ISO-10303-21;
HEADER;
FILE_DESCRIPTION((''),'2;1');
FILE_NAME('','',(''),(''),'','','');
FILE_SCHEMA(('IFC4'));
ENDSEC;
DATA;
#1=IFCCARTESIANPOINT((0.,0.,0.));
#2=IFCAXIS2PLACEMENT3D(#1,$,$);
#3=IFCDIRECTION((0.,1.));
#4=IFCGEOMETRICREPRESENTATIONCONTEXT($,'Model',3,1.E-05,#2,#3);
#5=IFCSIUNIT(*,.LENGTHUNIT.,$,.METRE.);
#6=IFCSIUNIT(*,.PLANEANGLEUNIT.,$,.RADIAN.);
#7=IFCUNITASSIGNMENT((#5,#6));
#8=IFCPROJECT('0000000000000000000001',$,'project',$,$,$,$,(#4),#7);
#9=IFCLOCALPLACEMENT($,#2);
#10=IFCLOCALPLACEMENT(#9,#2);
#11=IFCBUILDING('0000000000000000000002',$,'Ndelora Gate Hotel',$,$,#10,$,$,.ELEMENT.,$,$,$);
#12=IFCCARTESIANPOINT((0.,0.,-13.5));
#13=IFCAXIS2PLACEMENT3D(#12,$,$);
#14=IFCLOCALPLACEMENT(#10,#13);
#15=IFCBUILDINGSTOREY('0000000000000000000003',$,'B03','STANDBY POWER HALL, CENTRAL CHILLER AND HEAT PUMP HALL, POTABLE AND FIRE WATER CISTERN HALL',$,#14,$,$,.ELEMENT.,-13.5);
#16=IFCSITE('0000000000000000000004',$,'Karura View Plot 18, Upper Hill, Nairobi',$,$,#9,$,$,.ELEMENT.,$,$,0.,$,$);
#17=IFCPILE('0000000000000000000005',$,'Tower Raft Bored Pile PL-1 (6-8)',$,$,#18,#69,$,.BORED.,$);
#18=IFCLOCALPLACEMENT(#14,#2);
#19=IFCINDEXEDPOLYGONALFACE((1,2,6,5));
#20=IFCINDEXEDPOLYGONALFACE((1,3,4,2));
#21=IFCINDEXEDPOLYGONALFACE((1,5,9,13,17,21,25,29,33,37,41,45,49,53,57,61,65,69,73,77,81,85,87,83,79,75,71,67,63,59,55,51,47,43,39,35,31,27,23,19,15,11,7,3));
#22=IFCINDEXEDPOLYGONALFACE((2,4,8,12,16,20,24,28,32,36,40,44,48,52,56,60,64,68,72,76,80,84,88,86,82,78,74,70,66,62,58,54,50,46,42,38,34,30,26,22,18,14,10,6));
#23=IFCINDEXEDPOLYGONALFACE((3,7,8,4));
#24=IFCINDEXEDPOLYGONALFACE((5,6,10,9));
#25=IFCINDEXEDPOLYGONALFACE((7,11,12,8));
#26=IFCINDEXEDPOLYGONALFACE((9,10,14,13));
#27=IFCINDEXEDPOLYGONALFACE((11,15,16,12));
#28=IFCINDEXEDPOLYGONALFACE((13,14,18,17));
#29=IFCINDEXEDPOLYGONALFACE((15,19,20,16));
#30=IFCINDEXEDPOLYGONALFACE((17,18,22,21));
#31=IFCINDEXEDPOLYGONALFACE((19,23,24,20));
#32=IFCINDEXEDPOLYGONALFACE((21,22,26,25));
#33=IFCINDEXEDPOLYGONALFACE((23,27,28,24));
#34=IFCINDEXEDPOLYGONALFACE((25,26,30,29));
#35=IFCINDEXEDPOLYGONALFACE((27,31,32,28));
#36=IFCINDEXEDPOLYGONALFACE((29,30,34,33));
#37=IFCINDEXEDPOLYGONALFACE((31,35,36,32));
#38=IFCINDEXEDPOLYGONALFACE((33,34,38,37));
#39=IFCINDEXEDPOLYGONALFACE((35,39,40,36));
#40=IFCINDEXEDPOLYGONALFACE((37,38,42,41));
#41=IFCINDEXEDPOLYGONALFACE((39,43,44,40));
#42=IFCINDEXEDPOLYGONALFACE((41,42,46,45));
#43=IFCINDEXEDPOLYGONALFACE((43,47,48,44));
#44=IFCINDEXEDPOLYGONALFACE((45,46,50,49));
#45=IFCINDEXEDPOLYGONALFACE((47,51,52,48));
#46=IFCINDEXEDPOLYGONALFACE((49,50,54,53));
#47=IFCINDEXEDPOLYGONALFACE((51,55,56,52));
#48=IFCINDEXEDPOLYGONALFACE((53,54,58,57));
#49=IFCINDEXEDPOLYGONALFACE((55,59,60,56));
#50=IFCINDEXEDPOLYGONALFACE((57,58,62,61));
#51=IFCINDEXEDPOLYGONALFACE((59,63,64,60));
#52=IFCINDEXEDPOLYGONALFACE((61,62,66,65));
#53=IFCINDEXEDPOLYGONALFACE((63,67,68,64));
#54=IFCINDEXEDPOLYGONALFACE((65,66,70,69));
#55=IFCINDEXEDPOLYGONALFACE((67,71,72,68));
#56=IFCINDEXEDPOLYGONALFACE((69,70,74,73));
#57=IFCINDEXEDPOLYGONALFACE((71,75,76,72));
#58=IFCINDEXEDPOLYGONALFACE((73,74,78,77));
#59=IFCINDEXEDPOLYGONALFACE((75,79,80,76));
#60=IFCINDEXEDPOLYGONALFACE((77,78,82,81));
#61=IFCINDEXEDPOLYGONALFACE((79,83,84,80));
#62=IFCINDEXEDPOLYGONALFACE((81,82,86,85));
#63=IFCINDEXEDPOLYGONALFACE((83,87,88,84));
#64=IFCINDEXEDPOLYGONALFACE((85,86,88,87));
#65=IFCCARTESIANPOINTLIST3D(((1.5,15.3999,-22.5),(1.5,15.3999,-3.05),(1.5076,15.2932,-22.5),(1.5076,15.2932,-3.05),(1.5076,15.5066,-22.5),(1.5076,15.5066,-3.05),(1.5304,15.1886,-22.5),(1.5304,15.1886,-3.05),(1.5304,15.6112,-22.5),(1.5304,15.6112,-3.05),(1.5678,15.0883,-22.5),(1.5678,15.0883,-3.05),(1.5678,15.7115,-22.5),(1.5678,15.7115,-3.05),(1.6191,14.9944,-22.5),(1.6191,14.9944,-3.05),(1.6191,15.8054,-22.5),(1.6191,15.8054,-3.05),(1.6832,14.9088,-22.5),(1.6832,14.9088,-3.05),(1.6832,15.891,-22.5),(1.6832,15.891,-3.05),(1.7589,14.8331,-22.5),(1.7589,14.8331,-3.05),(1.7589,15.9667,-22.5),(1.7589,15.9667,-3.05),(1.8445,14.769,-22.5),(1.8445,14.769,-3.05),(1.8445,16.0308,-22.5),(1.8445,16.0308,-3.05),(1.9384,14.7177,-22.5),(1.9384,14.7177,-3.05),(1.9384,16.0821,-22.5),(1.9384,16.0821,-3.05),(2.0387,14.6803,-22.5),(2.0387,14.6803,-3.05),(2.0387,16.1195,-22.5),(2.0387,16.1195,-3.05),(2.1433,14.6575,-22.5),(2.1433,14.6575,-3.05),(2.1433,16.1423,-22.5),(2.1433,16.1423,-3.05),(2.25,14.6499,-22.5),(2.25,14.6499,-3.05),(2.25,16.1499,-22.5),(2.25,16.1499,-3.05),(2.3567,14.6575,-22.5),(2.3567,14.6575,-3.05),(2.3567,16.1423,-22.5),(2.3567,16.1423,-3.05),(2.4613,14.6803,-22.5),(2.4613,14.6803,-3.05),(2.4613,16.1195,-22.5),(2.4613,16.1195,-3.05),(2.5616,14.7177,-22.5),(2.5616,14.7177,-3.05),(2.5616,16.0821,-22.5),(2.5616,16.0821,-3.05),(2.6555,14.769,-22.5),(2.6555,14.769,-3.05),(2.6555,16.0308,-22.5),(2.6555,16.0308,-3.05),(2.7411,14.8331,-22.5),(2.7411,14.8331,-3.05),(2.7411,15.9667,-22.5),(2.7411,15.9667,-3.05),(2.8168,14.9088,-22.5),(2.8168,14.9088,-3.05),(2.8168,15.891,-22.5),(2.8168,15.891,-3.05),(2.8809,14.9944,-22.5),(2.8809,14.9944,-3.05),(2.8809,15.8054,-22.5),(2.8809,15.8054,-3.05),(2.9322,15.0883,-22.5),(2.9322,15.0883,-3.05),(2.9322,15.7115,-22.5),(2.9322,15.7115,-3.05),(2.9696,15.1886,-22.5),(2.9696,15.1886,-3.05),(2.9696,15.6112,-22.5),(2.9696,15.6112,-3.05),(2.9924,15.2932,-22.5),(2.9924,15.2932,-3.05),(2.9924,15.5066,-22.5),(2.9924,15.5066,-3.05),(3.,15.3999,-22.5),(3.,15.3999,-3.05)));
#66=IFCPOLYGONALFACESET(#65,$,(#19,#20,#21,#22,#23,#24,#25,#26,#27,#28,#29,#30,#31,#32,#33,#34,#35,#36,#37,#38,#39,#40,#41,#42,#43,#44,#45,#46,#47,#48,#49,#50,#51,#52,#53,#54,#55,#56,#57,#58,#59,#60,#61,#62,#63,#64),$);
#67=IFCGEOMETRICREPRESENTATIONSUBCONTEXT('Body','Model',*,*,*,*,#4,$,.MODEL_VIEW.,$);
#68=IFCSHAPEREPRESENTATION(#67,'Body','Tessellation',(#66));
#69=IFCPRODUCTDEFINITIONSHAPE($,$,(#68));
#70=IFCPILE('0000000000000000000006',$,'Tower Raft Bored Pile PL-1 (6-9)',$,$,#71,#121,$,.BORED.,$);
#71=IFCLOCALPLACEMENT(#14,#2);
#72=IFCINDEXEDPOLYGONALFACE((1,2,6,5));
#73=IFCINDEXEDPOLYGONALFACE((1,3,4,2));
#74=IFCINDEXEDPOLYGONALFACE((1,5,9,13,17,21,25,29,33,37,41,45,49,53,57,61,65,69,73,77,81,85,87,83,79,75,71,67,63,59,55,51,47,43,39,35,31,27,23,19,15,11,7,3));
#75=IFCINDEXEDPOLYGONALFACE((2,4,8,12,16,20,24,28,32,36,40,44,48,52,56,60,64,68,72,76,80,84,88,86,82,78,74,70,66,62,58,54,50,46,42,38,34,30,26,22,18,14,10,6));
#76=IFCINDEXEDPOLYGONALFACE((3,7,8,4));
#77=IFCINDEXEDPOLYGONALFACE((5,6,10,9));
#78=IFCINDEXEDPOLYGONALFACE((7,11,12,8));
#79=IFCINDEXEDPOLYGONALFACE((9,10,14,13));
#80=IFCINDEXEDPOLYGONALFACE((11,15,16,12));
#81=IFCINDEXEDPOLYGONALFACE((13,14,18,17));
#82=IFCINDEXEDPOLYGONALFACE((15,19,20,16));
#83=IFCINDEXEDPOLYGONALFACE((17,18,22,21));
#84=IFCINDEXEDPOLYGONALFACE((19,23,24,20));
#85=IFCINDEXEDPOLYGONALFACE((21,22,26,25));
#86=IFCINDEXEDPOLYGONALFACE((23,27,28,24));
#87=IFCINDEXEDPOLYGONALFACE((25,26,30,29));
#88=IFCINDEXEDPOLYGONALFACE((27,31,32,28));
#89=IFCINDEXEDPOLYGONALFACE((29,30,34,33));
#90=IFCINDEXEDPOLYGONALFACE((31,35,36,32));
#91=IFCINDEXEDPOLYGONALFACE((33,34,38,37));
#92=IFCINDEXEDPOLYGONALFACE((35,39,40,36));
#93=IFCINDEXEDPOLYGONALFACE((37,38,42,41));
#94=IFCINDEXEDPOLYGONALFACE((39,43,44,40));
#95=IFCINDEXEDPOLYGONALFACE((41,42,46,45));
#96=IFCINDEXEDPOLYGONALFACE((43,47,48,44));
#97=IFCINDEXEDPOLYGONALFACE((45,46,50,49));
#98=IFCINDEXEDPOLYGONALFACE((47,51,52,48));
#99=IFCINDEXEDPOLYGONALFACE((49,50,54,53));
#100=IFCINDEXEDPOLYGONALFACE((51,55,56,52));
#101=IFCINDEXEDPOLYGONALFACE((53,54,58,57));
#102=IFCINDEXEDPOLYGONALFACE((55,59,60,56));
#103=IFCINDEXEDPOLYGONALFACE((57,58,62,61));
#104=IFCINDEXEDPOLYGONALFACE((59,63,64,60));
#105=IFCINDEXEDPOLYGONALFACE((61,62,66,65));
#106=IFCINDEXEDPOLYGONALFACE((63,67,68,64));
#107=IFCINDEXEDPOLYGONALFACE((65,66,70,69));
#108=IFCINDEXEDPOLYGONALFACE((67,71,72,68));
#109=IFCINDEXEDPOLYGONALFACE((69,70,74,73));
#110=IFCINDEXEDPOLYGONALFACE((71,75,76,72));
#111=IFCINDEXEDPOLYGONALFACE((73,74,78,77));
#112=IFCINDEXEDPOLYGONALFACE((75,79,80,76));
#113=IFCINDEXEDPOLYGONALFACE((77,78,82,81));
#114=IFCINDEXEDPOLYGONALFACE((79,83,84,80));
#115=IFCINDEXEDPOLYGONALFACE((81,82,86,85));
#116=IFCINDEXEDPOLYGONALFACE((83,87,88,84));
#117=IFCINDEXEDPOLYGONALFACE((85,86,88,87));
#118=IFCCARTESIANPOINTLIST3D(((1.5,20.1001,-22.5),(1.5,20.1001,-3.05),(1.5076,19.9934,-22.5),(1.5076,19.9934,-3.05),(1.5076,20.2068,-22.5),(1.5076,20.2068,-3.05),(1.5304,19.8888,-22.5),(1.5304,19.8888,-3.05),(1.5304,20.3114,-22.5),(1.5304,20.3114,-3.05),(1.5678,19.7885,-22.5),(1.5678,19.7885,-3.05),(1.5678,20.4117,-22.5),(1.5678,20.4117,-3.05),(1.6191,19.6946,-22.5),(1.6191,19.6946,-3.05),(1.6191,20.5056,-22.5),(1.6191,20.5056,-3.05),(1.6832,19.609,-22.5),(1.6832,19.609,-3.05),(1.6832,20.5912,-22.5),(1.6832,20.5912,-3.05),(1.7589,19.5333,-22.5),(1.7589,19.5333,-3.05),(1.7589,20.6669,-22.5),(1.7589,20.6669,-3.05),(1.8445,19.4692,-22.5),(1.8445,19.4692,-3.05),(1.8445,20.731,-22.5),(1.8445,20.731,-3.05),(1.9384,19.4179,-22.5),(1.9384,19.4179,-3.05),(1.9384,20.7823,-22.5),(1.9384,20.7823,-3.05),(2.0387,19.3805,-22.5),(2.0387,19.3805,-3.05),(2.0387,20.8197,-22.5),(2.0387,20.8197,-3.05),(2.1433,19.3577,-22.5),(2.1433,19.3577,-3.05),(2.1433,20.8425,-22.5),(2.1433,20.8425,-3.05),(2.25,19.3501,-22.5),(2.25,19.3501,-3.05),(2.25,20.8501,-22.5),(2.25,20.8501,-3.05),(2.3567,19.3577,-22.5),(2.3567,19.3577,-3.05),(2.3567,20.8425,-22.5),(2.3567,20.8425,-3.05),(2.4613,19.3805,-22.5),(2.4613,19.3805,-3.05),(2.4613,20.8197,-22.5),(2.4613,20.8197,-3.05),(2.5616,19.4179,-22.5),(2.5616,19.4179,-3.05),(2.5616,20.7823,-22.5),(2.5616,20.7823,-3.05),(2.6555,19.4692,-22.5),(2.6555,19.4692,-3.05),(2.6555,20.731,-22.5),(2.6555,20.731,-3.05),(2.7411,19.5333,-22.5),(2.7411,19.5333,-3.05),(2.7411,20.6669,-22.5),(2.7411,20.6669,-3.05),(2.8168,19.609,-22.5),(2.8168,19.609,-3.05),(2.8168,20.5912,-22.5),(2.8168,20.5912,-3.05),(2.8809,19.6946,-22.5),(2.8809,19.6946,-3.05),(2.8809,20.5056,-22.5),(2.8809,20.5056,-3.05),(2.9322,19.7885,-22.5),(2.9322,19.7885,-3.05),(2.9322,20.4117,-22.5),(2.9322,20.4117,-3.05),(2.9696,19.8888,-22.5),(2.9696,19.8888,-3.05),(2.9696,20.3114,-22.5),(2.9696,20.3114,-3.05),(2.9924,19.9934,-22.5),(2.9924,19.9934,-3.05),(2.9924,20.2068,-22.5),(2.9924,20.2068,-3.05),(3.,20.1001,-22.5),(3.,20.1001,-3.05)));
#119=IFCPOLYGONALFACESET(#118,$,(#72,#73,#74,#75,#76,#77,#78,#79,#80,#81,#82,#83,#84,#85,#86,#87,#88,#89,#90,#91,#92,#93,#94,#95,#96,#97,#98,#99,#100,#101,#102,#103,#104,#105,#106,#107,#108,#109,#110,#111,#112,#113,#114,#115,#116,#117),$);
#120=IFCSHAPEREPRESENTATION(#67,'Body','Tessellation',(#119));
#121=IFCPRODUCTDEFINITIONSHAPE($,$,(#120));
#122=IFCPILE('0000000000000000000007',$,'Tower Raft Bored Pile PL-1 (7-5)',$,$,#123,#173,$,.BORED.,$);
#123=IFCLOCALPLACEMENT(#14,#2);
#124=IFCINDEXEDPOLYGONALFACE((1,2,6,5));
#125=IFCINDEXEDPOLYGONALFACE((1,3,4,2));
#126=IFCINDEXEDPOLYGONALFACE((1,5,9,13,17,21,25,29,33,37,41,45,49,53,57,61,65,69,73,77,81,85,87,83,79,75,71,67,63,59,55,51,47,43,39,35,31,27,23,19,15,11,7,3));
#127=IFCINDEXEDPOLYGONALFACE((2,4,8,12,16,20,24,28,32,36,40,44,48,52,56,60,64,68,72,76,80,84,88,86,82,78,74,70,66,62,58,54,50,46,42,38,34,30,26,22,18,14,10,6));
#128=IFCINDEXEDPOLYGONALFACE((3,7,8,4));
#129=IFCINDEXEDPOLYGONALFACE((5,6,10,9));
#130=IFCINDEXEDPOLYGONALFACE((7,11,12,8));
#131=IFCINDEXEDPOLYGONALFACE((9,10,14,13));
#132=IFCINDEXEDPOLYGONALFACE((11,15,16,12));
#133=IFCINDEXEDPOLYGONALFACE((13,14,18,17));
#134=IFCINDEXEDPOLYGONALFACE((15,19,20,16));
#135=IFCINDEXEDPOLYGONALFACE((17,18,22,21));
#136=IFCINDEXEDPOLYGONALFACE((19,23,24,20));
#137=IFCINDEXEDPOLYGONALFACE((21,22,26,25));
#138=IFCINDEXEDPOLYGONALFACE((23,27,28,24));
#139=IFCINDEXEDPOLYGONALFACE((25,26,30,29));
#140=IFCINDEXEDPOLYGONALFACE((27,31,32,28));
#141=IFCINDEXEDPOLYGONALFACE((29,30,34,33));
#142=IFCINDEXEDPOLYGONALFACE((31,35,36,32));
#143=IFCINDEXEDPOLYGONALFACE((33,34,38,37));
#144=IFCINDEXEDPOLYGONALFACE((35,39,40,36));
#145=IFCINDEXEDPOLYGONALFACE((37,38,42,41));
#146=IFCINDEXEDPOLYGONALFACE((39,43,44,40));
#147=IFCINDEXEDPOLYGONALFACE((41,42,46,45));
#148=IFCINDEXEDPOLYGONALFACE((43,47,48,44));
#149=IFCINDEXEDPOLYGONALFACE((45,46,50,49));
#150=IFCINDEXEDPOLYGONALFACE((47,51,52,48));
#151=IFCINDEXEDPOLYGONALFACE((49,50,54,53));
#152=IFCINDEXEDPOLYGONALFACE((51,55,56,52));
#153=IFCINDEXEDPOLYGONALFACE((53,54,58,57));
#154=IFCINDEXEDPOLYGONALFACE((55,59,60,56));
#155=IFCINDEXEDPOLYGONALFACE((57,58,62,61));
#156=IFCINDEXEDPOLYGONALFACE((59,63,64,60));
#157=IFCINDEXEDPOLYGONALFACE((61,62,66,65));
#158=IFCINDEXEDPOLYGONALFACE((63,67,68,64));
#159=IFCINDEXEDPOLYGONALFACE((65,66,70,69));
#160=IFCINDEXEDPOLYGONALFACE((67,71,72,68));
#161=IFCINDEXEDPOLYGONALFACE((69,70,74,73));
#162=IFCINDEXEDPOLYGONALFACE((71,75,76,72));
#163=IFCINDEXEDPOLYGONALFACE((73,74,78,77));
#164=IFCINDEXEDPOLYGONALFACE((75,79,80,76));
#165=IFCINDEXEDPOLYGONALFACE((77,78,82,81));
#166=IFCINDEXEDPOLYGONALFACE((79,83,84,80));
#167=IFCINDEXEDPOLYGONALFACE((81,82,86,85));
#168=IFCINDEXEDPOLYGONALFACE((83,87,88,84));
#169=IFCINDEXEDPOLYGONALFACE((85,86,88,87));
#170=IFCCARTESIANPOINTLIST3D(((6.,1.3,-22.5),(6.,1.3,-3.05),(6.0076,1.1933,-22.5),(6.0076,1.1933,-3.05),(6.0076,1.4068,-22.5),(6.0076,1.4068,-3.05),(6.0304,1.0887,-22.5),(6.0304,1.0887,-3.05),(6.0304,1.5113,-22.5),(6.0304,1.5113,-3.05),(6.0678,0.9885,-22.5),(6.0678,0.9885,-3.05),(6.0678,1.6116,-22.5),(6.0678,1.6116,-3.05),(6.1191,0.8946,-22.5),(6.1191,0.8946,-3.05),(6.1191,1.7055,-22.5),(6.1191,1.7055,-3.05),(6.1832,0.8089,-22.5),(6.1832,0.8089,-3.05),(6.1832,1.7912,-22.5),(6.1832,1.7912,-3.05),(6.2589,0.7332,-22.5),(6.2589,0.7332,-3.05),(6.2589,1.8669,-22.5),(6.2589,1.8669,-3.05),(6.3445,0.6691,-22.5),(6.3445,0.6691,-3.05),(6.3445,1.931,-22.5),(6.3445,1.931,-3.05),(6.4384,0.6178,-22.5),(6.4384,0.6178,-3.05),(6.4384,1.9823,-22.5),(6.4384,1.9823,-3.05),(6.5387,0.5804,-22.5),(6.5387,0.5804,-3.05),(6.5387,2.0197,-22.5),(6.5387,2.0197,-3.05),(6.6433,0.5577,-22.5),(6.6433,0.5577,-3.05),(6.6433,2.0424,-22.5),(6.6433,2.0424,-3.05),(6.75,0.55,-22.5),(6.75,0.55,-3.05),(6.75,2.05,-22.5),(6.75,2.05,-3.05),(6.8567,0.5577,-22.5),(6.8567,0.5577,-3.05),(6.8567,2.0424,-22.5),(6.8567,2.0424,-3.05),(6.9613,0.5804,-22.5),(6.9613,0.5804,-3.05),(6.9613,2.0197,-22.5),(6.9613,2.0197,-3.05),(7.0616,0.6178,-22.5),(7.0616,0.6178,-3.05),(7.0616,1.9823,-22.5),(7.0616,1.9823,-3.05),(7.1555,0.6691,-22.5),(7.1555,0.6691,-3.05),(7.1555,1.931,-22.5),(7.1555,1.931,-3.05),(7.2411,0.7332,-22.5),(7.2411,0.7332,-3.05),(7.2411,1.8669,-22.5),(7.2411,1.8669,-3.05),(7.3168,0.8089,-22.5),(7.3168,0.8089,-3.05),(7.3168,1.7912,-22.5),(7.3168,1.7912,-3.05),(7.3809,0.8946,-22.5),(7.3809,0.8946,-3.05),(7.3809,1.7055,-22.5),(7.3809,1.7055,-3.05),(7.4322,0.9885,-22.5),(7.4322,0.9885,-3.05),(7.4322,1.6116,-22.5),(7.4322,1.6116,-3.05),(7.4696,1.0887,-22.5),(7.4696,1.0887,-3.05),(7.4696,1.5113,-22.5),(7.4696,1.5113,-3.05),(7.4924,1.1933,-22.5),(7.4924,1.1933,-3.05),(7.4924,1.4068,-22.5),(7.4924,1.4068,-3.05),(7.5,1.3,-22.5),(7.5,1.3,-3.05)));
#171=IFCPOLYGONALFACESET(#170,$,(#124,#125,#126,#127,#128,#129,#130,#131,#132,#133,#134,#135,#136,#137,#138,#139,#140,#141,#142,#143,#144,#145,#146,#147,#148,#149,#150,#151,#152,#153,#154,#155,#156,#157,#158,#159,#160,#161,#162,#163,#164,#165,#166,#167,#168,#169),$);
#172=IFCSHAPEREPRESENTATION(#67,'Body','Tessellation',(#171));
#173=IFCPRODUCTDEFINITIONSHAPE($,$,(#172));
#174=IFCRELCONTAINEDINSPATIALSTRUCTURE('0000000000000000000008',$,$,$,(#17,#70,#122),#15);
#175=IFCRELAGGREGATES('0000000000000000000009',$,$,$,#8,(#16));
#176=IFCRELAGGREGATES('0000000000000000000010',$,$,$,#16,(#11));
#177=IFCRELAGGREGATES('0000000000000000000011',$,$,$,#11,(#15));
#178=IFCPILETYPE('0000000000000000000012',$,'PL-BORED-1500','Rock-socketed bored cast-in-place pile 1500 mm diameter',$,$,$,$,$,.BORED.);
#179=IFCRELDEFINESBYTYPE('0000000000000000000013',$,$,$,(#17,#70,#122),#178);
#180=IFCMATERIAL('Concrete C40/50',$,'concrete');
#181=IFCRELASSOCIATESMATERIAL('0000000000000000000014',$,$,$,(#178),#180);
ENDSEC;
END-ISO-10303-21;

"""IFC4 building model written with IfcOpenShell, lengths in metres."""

from ifc_helpers import new_model, si_unit, direction, frame, origin, origin_2d, place, context, subcontext, project, spatial, circle, extrude, material, material_profile, profile_set, type_object, element, save


model = new_model("IFC4")

# Units and contexts
model_context = context("Model", 3, precision=1e-05, world=origin(), true_north=direction((0.0, 1.0)))
body_context = subcontext(model_context, "Body", "Model", "MODEL_VIEW")
ifc_project = project(units=[si_unit("LENGTHUNIT", "METRE"), si_unit("PLANEANGLEUNIT", "RADIAN")], contexts=[model_context])

# Site, building, storey
site_placement = place(None, origin())
site = spatial("IfcSite", under=ifc_project, at=site_placement, Name="Karura View Plot 18, Upper Hill, Nairobi", CompositionType="ELEMENT", RefElevation=0.0)
building_placement = place(site_placement, origin())
building = spatial("IfcBuilding", under=site, at=building_placement, Name="Ndelora Gate Hotel", CompositionType="ELEMENT")
storey_placement = place(building_placement, frame((0.0, 0.0, -13.5)))
storey = spatial("IfcBuildingStorey", under=building, at=storey_placement, Name="B03", Description="STANDBY POWER HALL, CENTRAL CHILLER AND HEAT PUMP HALL, POTABLE AND FIRE WATER CISTERN HALL", CompositionType="ELEMENT", Elevation=-13.5)

# Piles
ifc_material_1 = material(Name="Concrete C40/50", Category="concrete")
ifc_material_profile_1 = material_profile(ifc_material_1, circle(Radius=0.75, at=origin_2d()), Name="PILE D1500")
ifc_profile_set_1 = profile_set([ifc_material_profile_1], Name="Concrete C40/50")
pile_type = type_object("IfcPileType", Name="PL-BORED-1500", Description="Rock-socketed bored cast-in-place pile 1500 mm diameter", PredefinedType="BORED", material=ifc_profile_set_1)
for number, where, z_axis, x_axis, name in (
    (1, (2.25, 15.3999, -3.05), (0.0, 0.0, -1.0), (1.0, 0.0, 0.0), "Tower Raft Bored Pile PL-1 (6-8)"),
    (2, (2.25, 20.1001, -3.05), (0.0, 0.0, -1.0), (1.0, 0.0, 0.0), "Tower Raft Bored Pile PL-1 (6-9)"),
    (3, (6.75, 1.3, -3.05), (0.0, 0.0, -1.0), (1.0, 0.0, 0.0), "Tower Raft Bored Pile PL-1 (7-5)"),
):
    element("IfcPile", number, at=place(storey_placement, frame(where, z_axis=z_axis, x_axis=x_axis)), inside=storey, type_object=pile_type, Name=name, PredefinedType="BORED", context=body_context, shape_type="SweptSolid", body=[
        extrude(circle(Radius=0.75, at=origin_2d()), origin(), (0.0, 0.0, 1.0), 19.45),
    ])

save(model, "model.ifc")
